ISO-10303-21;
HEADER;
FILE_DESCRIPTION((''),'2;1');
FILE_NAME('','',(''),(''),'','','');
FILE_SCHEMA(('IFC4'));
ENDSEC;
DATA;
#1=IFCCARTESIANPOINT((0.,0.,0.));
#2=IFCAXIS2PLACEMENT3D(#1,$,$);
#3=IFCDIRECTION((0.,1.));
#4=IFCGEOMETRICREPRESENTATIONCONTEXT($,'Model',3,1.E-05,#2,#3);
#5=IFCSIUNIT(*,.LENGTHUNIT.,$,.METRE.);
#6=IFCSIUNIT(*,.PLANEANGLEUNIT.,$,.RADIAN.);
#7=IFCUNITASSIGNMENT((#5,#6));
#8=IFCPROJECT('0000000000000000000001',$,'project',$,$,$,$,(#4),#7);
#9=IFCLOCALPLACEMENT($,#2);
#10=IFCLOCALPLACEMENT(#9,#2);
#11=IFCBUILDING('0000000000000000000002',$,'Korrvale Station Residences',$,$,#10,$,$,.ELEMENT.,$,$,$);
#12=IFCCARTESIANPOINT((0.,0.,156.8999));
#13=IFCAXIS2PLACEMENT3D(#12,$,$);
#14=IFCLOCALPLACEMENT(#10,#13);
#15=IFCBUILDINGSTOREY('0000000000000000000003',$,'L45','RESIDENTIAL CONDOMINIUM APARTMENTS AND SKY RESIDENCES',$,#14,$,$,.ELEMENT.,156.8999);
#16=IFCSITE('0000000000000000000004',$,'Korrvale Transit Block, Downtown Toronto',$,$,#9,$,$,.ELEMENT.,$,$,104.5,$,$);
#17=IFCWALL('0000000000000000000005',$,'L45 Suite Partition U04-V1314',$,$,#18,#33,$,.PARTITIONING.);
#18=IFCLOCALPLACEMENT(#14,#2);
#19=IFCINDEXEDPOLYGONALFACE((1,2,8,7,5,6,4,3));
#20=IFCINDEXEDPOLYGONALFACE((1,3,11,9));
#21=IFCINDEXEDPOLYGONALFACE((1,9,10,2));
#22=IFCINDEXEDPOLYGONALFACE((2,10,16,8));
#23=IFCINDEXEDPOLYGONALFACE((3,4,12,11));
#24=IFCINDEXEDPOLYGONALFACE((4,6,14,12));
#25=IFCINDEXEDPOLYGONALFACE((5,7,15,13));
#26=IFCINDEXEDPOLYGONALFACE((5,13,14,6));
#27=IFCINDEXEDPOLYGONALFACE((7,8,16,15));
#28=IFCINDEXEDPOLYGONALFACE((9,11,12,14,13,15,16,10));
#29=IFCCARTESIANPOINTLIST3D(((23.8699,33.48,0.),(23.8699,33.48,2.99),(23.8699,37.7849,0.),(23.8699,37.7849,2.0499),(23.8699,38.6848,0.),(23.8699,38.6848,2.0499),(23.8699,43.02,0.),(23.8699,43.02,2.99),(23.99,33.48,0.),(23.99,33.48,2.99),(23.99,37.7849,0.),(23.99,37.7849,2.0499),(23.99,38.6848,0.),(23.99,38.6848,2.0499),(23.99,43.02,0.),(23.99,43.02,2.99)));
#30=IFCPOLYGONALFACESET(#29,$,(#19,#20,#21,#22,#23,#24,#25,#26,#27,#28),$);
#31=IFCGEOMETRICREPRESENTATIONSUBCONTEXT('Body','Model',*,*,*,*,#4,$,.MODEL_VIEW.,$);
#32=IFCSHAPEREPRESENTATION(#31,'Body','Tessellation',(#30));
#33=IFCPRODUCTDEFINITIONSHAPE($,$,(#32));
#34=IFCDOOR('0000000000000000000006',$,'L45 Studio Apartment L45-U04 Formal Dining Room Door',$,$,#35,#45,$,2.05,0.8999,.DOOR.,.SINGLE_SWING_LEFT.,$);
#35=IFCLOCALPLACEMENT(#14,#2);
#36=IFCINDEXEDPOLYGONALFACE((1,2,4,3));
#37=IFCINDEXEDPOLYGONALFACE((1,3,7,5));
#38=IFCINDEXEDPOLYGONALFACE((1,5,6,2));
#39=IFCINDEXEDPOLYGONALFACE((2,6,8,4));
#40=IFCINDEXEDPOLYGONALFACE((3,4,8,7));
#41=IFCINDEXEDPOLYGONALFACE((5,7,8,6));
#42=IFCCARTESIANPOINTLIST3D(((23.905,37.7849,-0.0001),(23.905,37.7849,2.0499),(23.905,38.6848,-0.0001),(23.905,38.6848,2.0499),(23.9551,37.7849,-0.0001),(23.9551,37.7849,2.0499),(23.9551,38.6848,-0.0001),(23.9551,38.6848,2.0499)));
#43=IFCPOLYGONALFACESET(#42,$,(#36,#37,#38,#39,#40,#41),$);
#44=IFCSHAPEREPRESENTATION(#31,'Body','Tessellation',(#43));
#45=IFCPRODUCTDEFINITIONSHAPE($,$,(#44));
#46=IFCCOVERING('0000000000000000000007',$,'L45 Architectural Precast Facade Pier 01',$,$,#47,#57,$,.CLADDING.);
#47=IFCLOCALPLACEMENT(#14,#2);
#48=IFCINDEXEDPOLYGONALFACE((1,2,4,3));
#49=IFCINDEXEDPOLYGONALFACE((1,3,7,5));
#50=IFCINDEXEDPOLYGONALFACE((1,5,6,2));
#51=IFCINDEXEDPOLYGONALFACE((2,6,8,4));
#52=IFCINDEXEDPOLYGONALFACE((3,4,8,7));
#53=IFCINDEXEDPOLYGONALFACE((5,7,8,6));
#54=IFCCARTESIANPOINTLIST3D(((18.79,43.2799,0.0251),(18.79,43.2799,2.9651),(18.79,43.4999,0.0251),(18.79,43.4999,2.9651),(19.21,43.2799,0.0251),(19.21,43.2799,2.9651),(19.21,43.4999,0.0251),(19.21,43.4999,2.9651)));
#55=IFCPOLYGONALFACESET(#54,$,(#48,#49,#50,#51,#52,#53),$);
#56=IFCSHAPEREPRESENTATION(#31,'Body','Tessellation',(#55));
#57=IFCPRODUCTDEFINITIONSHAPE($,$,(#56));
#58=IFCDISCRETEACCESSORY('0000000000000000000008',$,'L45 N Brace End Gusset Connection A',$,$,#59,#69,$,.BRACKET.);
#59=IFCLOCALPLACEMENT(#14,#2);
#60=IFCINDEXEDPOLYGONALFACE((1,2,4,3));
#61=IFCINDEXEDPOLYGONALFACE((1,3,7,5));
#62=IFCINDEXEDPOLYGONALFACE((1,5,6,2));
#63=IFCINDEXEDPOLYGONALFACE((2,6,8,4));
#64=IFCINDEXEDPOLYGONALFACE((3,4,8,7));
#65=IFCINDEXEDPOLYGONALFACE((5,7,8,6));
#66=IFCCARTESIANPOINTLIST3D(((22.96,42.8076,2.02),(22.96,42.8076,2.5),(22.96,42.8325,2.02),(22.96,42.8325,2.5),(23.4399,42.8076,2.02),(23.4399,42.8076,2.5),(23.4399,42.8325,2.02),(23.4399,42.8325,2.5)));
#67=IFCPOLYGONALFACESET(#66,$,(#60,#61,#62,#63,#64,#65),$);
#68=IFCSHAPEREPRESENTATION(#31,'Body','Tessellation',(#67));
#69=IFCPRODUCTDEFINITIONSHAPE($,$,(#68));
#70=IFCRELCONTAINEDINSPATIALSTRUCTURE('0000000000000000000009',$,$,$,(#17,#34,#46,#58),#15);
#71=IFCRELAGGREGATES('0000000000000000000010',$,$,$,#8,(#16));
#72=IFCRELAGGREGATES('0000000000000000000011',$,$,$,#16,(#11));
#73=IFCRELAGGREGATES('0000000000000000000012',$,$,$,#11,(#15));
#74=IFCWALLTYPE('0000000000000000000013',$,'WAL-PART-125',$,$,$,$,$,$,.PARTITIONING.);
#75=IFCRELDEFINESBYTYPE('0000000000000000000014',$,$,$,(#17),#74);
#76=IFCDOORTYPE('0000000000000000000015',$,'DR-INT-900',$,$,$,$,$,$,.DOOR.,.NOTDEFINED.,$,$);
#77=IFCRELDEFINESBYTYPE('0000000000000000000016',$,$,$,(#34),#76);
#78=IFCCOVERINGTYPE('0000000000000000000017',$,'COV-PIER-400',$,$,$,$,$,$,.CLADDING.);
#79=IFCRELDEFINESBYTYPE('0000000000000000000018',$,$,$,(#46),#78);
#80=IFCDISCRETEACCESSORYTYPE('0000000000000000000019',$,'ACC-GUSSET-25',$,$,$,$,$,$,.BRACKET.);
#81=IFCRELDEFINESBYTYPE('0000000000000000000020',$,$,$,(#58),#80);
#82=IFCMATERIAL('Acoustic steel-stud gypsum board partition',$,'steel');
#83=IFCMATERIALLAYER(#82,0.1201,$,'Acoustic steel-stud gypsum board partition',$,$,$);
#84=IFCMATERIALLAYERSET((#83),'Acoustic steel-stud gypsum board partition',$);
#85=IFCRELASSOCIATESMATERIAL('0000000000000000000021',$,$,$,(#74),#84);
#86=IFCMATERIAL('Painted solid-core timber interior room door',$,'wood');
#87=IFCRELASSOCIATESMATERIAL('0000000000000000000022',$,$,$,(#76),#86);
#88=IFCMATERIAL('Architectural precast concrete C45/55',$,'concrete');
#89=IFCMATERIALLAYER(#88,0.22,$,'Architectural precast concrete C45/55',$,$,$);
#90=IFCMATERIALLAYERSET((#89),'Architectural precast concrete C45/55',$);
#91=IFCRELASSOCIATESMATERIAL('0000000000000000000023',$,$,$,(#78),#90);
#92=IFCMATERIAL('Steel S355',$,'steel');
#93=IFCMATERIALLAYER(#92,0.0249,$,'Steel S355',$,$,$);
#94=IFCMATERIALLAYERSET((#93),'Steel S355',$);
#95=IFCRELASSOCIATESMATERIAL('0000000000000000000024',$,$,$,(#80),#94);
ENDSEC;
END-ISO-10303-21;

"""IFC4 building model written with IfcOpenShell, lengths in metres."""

from ifc_helpers import new_model, si_unit, direction, frame, frame_2d, origin, origin_2d, place, context, subcontext, project, spatial, rectangle, extrude, material, layer, layer_set, type_object, element, fill, save


model = new_model("IFC4")

# Units and contexts
model_context = context("Model", 3, precision=1e-05, world=origin(), true_north=direction((0.0, 1.0)))
body_context = subcontext(model_context, "Body", "Model", "MODEL_VIEW")
ifc_project = project(units=[si_unit("LENGTHUNIT", "METRE"), si_unit("PLANEANGLEUNIT", "RADIAN")], contexts=[model_context])

# Site, building, storey
site_placement = place(None, origin())
site = spatial("IfcSite", under=ifc_project, at=site_placement, Name="Korrvale Transit Block, Downtown Toronto", CompositionType="ELEMENT", RefElevation=104.5)
building_placement = place(site_placement, origin())
building = spatial("IfcBuilding", under=site, at=building_placement, Name="Korrvale Station Residences", CompositionType="ELEMENT")
storey_placement = place(building_placement, frame((0.0, 0.0, 156.8999)))
storey = spatial("IfcBuildingStorey", under=building, at=storey_placement, Name="L45", Description="RESIDENTIAL CONDOMINIUM APARTMENTS AND SKY RESIDENCES", CompositionType="ELEMENT", Elevation=156.8999)

# Shared definitions
ifc_material_1 = material(Name="Steel S355", Category="steel")

# Wall, opening, door
ifc_material_2 = material(Name="Acoustic steel-stud gypsum board partition", Category="steel")
ifc_layer_1 = layer(ifc_material_2, 0.1201, Name="Acoustic steel-stud gypsum board partition")
ifc_layer_set_1 = layer_set([ifc_layer_1], Name="Acoustic steel-stud gypsum board partition")
wall_type = type_object("IfcWallType", Name="WAL-PART-125", PredefinedType="PARTITIONING", material=ifc_layer_set_1)
ifc_material_3 = material(Name="Painted solid-core timber interior room door", Category="wood")
door_type = type_object("IfcDoorType", Name="DR-INT-900", OperationType="NOTDEFINED", PredefinedType="DOOR", material=ifc_material_3)
wall_1_placement = place(storey_placement, frame((23.9299, 33.48, 0.0), z_axis=(0.0, 0.0, 1.0), x_axis=(0.0, 1.0, 0.0)))
wall_1 = element("IfcWall", 1, at=wall_1_placement, inside=storey, type_object=wall_type, Name="L45 Suite Partition U04-V1314", PredefinedType="PARTITIONING", context=body_context, shape_type="SweptSolid", body=[
    extrude(rectangle(XDim=9.54, YDim=0.1201, at=frame_2d((4.77, 0.0))), origin(), (0.0, 0.0, 1.0), 2.99),
])
opening_1_placement = place(wall_1_placement, frame((4.3049, 0.0, 0.0)))
opening_1 = element("IfcOpeningElement", 2, at=opening_1_placement, cuts=wall_1, PredefinedType="OPENING", context=body_context, shape_type="SweptSolid", body=[
    extrude(rectangle(XDim=0.8999, YDim=2.05, at=frame_2d((0.45, 1.0249))), frame((0.0, 0.0701, 0.0), z_axis=(0.0, -1.0, 0.0), x_axis=(1.0, 0.0, 0.0)), (0.0, 0.0, 1.0), 0.1401),
])
door_1_placement = place(opening_1_placement, origin())
door_1 = element("IfcDoor", 3, at=door_1_placement, inside=storey, type_object=door_type, Name="L45 Studio Apartment L45-U04 Formal Dining Room Door", OperationType="SINGLE_SWING_LEFT", OverallHeight=2.05, OverallWidth=0.8999, PredefinedType="DOOR", context=body_context, shape_type="SweptSolid", body=[
    extrude(rectangle(XDim=0.8999, YDim=2.05, at=frame_2d((0.45, 1.0249))), frame((0.0, 0.0249, 0.0), z_axis=(0.0, -1.0, 0.0), x_axis=(1.0, 0.0, 0.0)), (0.0, 0.0, 1.0), 0.05),
])
fill(opening_1, door_1)

# Covering
ifc_material_4 = material(Name="Architectural precast concrete C45/55", Category="concrete")
ifc_layer_2 = layer(ifc_material_4, 0.22, Name="Architectural precast concrete C45/55")
ifc_layer_set_2 = layer_set([ifc_layer_2], Name="Architectural precast concrete C45/55")
covering_type = type_object("IfcCoveringType", Name="COV-PIER-400", PredefinedType="CLADDING", material=ifc_layer_set_2)
covering_placement = place(storey_placement, frame((19.0, 43.3899, 0.0251), z_axis=(0.0, 0.0, 1.0), x_axis=(1.0, 0.0, 0.0)))
element("IfcCovering", 4, at=covering_placement, inside=storey, type_object=covering_type, Name="L45 Architectural Precast Facade Pier 01", PredefinedType="CLADDING", context=body_context, shape_type="SweptSolid", body=[
    extrude(rectangle(XDim=0.4199, YDim=0.22, at=origin_2d()), origin(), (0.0, 0.0, 1.0), 2.9399),
])

# Discrete accessory
ifc_layer_3 = layer(ifc_material_1, 0.0249, Name="Steel S355")
ifc_layer_set_3 = layer_set([ifc_layer_3], Name="Steel S355")
discrete_accessory_type = type_object("IfcDiscreteAccessoryType", Name="ACC-GUSSET-25", PredefinedType="BRACKET", material=ifc_layer_set_3)
discrete_accessory_placement = place(storey_placement, frame((23.2, 42.8201, 2.02), z_axis=(0.0, 0.0, 1.0), x_axis=(1.0, 0.0, 0.0)))
element("IfcDiscreteAccessory", 5, at=discrete_accessory_placement, inside=storey, type_object=discrete_accessory_type, Name="L45 N Brace End Gusset Connection A", PredefinedType="BRACKET", context=body_context, shape_type="SweptSolid", body=[
    extrude(rectangle(XDim=0.48, YDim=0.0249, at=origin_2d()), origin(), (0.0, 0.0, 1.0), 0.48),
])

save(model, "model.ifc")
